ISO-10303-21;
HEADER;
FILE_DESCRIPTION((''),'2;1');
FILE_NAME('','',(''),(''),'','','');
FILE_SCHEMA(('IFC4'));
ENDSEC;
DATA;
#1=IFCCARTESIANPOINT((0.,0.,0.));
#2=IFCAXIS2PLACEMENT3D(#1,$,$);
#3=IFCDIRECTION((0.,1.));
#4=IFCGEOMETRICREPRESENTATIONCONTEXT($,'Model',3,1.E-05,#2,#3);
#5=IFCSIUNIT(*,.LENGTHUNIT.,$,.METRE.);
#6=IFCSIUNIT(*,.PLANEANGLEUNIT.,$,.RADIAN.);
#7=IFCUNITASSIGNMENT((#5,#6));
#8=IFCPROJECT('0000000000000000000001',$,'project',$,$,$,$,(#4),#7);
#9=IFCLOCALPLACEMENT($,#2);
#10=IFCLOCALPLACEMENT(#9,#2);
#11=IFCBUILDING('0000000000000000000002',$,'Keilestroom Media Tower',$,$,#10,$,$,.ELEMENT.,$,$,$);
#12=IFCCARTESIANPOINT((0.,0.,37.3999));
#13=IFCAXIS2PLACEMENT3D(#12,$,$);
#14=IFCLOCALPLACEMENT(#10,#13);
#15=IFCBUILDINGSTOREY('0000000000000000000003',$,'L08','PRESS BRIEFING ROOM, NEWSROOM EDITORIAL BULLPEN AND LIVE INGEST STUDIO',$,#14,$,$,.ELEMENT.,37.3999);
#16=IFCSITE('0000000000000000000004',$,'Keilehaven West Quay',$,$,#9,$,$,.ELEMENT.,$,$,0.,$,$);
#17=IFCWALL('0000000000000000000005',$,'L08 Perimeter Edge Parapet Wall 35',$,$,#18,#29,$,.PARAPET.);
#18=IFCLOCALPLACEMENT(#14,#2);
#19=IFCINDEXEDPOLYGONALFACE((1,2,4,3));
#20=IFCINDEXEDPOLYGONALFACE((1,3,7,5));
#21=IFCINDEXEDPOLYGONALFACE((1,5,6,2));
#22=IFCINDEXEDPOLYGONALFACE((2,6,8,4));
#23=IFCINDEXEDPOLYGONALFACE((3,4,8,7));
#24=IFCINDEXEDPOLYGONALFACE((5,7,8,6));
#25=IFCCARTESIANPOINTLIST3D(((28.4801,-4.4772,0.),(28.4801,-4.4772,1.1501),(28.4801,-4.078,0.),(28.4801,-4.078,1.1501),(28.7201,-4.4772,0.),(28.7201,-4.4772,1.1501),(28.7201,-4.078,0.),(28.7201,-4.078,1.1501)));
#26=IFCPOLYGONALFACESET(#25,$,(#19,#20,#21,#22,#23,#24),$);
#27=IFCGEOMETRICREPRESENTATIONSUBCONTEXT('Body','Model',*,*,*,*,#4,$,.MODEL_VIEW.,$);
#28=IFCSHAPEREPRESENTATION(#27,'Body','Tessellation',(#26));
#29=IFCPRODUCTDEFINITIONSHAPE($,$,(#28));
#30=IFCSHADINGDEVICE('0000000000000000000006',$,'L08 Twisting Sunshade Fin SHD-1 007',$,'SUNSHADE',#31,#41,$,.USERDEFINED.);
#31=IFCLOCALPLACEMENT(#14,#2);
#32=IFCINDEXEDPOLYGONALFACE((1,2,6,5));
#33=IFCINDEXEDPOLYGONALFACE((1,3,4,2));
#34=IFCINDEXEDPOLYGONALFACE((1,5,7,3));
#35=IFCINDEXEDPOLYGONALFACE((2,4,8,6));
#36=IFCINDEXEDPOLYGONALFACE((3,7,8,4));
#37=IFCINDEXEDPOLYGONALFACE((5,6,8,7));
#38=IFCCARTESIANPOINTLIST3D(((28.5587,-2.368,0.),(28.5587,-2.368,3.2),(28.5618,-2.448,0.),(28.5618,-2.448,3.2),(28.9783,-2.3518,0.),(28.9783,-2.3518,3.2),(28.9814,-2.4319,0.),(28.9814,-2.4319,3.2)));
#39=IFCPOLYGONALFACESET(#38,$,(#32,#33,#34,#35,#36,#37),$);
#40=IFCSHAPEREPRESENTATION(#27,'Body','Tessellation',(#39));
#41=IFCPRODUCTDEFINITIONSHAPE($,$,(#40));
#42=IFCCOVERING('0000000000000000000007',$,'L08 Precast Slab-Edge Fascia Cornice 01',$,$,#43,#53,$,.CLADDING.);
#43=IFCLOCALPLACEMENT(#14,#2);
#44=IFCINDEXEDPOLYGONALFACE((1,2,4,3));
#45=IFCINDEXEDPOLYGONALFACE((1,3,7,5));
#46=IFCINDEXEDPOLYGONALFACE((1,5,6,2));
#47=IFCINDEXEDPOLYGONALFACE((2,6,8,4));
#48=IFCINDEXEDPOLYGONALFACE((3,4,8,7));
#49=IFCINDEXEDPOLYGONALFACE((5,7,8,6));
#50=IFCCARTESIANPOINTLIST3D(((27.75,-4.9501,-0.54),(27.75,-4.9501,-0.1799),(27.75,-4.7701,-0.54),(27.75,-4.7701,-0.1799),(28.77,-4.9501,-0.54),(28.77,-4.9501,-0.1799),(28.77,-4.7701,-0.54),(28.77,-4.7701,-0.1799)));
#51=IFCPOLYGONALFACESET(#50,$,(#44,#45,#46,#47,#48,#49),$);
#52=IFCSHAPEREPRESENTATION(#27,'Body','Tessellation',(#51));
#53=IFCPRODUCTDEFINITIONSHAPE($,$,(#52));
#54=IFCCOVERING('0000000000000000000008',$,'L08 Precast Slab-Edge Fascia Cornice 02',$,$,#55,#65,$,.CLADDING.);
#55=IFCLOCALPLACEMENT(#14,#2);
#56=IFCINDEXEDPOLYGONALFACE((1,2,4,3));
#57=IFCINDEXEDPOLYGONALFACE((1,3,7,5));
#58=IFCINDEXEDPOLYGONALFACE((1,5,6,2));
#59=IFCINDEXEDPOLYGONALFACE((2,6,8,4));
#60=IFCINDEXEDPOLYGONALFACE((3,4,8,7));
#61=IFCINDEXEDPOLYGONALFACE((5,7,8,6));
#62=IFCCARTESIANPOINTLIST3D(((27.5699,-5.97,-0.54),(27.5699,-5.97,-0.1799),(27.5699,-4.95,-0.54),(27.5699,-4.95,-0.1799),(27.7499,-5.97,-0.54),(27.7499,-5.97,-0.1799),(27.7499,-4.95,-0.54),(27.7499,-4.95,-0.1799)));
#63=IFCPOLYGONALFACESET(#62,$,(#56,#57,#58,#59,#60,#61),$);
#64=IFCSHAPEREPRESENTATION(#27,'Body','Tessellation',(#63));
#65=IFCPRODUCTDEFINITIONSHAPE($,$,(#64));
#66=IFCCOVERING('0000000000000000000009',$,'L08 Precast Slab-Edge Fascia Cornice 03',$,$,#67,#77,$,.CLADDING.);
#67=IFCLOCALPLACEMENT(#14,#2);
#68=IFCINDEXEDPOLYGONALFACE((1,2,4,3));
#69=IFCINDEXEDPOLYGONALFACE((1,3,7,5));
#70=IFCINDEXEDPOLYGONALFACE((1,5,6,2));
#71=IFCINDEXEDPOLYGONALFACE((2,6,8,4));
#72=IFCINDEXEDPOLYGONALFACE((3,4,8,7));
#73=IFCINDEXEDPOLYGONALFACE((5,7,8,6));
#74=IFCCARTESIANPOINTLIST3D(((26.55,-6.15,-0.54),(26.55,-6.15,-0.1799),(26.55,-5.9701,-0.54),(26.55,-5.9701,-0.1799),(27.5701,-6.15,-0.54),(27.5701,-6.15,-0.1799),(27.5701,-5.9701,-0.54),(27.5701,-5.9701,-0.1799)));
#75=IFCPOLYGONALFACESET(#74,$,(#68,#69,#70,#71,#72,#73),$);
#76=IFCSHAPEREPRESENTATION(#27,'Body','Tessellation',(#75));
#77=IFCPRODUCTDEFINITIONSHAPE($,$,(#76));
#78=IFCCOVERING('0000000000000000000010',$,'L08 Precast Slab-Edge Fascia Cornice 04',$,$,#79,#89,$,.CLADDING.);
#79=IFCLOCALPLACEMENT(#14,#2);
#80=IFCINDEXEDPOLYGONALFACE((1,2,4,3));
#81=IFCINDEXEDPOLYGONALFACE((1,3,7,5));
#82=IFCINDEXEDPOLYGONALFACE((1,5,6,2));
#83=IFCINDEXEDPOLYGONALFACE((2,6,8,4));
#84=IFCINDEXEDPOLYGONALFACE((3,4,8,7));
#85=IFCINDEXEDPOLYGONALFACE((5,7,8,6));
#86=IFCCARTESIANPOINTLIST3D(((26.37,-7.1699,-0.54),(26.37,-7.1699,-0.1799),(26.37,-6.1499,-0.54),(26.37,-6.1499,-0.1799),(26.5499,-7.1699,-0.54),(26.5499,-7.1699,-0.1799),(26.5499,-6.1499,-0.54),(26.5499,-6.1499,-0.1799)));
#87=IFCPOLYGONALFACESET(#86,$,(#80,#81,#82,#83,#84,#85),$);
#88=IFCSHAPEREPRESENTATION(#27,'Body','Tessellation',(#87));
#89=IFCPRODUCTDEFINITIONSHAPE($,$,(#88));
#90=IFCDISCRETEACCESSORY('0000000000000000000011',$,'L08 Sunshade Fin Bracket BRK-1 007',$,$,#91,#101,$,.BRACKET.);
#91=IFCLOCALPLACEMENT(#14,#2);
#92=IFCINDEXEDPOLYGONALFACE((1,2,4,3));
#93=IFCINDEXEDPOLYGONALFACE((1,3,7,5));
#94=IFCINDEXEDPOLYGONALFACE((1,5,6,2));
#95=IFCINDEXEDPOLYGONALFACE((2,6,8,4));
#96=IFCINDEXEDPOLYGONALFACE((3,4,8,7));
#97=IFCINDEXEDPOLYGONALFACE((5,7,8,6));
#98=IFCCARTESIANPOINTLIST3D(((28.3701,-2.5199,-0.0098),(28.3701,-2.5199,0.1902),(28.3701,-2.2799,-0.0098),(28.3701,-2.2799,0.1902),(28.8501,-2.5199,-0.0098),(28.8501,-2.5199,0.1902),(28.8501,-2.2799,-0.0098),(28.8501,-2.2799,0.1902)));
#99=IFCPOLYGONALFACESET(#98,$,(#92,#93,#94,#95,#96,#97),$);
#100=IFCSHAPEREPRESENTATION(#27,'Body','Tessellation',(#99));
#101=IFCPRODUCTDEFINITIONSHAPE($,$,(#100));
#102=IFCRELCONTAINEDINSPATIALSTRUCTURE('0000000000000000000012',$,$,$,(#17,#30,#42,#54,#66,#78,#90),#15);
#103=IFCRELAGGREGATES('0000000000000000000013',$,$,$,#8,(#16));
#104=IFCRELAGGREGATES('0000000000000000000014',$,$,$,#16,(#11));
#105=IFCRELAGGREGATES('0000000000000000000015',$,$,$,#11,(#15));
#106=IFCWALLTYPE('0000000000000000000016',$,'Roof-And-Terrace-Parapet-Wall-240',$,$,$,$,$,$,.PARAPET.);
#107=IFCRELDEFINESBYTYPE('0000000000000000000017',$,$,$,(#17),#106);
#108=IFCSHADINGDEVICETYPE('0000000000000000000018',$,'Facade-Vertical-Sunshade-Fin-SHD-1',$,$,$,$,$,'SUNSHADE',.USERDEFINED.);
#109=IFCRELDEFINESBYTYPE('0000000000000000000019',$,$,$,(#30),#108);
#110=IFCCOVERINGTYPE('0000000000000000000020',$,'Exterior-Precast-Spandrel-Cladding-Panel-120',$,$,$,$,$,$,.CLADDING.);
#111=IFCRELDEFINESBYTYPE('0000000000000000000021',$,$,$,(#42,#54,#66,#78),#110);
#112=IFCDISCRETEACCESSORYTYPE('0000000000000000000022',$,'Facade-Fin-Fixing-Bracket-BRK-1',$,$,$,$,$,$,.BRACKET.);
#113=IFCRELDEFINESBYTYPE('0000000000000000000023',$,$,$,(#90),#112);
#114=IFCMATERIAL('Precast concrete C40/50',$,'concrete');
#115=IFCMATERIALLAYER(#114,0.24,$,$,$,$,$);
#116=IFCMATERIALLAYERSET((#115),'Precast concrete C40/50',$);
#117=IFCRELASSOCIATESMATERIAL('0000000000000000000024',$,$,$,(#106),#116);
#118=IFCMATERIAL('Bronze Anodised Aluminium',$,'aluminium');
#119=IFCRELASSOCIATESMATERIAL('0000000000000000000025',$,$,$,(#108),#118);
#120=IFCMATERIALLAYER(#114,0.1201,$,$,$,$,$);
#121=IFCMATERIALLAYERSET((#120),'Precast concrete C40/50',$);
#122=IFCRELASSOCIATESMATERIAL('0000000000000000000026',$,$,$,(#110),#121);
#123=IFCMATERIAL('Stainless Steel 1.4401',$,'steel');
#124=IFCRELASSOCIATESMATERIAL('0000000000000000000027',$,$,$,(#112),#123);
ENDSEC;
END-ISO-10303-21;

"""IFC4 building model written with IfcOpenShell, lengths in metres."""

from ifc_helpers import new_model, si_unit, direction, frame, frame_2d, origin, origin_2d, place, context, subcontext, project, spatial, rectangle, extrude, source, transform, mapped, material, layer, layer_set, type_object, element, save


model = new_model("IFC4")

# Units and contexts
model_context = context("Model", 3, precision=1e-05, world=origin(), true_north=direction((0.0, 1.0)))
body_context = subcontext(model_context, "Body", "Model", "MODEL_VIEW")
ifc_project = project(units=[si_unit("LENGTHUNIT", "METRE"), si_unit("PLANEANGLEUNIT", "RADIAN")], contexts=[model_context])

# Site, building, storey
site_placement = place(None, origin())
site = spatial("IfcSite", under=ifc_project, at=site_placement, Name="Keilehaven West Quay", CompositionType="ELEMENT", RefElevation=0.0)
building_placement = place(site_placement, origin())
building = spatial("IfcBuilding", under=site, at=building_placement, Name="Keilestroom Media Tower", CompositionType="ELEMENT")
storey_placement = place(building_placement, frame((0.0, 0.0, 37.3999)))
storey = spatial("IfcBuildingStorey", under=building, at=storey_placement, Name="L08", Description="PRESS BRIEFING ROOM, NEWSROOM EDITORIAL BULLPEN AND LIVE INGEST STUDIO", CompositionType="ELEMENT", Elevation=37.3999)

# Shared definitions
ifc_material_1 = material(Name="Precast concrete C40/50", Category="concrete")

# Wall
ifc_layer_1 = layer(ifc_material_1, 0.24)
ifc_layer_set_1 = layer_set([ifc_layer_1], Name="Precast concrete C40/50")
wall_type = type_object("IfcWallType", Name="Roof-And-Terrace-Parapet-Wall-240", PredefinedType="PARAPET", material=ifc_layer_set_1)
wall_1_placement = place(storey_placement, frame((28.6001, -4.0779, 0.0), z_axis=(0.0, 0.0, 1.0), x_axis=(0.0, -1.0, 0.0)))
element("IfcWall", 1, at=wall_1_placement, inside=storey, type_object=wall_type, Name="L08 Perimeter Edge Parapet Wall 35", PredefinedType="PARAPET", context=body_context, shape_type="SweptSolid", body=[
    extrude(rectangle(XDim=0.3992, YDim=0.24, at=frame_2d((0.1997, 0.0))), origin(), (0.0, 0.0, 1.0), 1.1501),
])

# Shading device
ifc_material_2 = material(Name="Bronze Anodised Aluminium", Category="aluminium")
shading_device_type = type_object("IfcShadingDeviceType", Name="Facade-Vertical-Sunshade-Fin-SHD-1", ElementType="SUNSHADE", PredefinedType="USERDEFINED", material=ifc_material_2)
shared_shape_1 = source(origin(), body_context, "Body", "SweptSolid", [
    extrude(rectangle(XDim=0.4199, YDim=0.0801, at=origin_2d()), origin(), (0.0, 0.0, 1.0), 3.2),
])
shading_device_placement = place(storey_placement, frame((28.77, -2.3999, 0.0), z_axis=(0.0, 0.0, 1.0), x_axis=(0.999263, 0.038388, 0.0)))
element("IfcShadingDevice", 2, at=shading_device_placement, inside=storey, type_object=shading_device_type, Name="L08 Twisting Sunshade Fin SHD-1 007", ObjectType="SUNSHADE", PredefinedType="USERDEFINED", context=body_context, shape_type="MappedRepresentation", body=[
    mapped(shared_shape_1, transform((0.0, 0.0, 0.0), x_axis=(1.0, 0.0, 0.0), y_axis=(0.0, 1.0, 0.0), z_axis=(0.0, 0.0, 1.0), scale=1.0)),
])

# Coverings
ifc_layer_2 = layer(ifc_material_1, 0.1201)
ifc_layer_set_2 = layer_set([ifc_layer_2], Name="Precast concrete C40/50")
covering_type = type_object("IfcCoveringType", Name="Exterior-Precast-Spandrel-Cladding-Panel-120", PredefinedType="CLADDING", material=ifc_layer_set_2)
shared_shape_2 = source(origin(), body_context, "Body", "SweptSolid", [
    extrude(rectangle(XDim=1.02, YDim=0.1799, at=origin_2d()), origin(), (0.0, 0.0, 1.0), 0.3601),
])
for number, where, z_axis, x_axis, name in (
    (3, (28.26, -4.8601, -0.54), (0.0, 0.0, 1.0), (-1.0, 0.0, 0.0), "L08 Precast Slab-Edge Fascia Cornice 01"),
    (4, (27.6599, -5.46, -0.54), (0.0, 0.0, 1.0), (0.0, -1.0, 0.0), "L08 Precast Slab-Edge Fascia Cornice 02"),
    (5, (27.0601, -6.0601, -0.54), (0.0, 0.0, 1.0), (-1.0, 0.0, 0.0), "L08 Precast Slab-Edge Fascia Cornice 03"),
    (6, (26.46, -6.6599, -0.54), (0.0, 0.0, 1.0), (0.0, -1.0, 0.0), "L08 Precast Slab-Edge Fascia Cornice 04"),
):
    element("IfcCovering", number, at=place(storey_placement, frame(where, z_axis=z_axis, x_axis=x_axis)), inside=storey, type_object=covering_type, Name=name, PredefinedType="CLADDING", context=body_context, shape_type="MappedRepresentation", body=[
        mapped(shared_shape_2, transform((0.0, 0.0, 0.0), x_axis=(1.0, 0.0, 0.0), y_axis=(0.0, 1.0, 0.0), z_axis=(0.0, 0.0, 1.0), scale=1.0)),
    ])

# Discrete accessory
ifc_material_3 = material(Name="Stainless Steel 1.4401", Category="steel")
discrete_accessory_type = type_object("IfcDiscreteAccessoryType", Name="Facade-Fin-Fixing-Bracket-BRK-1", PredefinedType="BRACKET", material=ifc_material_3)
shared_shape_3 = source(origin(), body_context, "Body", "SweptSolid", [
    extrude(rectangle(XDim=0.48, YDim=0.24, at=origin_2d()), origin(), (0.0, 0.0, 1.0), 0.2),
])
discrete_accessory_placement = place(storey_placement, frame((28.6101, -2.3999, -0.0098), z_axis=(0.0, 0.0, 1.0), x_axis=(1.0, 0.0, 0.0)))
element("IfcDiscreteAccessory", 7, at=discrete_accessory_placement, inside=storey, type_object=discrete_accessory_type, Name="L08 Sunshade Fin Bracket BRK-1 007", PredefinedType="BRACKET", context=body_context, shape_type="MappedRepresentation", body=[
    mapped(shared_shape_3, transform((0.0, 0.0, 0.0), x_axis=(1.0, 0.0, 0.0), y_axis=(0.0, 1.0, 0.0), z_axis=(0.0, 0.0, 1.0), scale=1.0)),
])

save(model, "model.ifc")
